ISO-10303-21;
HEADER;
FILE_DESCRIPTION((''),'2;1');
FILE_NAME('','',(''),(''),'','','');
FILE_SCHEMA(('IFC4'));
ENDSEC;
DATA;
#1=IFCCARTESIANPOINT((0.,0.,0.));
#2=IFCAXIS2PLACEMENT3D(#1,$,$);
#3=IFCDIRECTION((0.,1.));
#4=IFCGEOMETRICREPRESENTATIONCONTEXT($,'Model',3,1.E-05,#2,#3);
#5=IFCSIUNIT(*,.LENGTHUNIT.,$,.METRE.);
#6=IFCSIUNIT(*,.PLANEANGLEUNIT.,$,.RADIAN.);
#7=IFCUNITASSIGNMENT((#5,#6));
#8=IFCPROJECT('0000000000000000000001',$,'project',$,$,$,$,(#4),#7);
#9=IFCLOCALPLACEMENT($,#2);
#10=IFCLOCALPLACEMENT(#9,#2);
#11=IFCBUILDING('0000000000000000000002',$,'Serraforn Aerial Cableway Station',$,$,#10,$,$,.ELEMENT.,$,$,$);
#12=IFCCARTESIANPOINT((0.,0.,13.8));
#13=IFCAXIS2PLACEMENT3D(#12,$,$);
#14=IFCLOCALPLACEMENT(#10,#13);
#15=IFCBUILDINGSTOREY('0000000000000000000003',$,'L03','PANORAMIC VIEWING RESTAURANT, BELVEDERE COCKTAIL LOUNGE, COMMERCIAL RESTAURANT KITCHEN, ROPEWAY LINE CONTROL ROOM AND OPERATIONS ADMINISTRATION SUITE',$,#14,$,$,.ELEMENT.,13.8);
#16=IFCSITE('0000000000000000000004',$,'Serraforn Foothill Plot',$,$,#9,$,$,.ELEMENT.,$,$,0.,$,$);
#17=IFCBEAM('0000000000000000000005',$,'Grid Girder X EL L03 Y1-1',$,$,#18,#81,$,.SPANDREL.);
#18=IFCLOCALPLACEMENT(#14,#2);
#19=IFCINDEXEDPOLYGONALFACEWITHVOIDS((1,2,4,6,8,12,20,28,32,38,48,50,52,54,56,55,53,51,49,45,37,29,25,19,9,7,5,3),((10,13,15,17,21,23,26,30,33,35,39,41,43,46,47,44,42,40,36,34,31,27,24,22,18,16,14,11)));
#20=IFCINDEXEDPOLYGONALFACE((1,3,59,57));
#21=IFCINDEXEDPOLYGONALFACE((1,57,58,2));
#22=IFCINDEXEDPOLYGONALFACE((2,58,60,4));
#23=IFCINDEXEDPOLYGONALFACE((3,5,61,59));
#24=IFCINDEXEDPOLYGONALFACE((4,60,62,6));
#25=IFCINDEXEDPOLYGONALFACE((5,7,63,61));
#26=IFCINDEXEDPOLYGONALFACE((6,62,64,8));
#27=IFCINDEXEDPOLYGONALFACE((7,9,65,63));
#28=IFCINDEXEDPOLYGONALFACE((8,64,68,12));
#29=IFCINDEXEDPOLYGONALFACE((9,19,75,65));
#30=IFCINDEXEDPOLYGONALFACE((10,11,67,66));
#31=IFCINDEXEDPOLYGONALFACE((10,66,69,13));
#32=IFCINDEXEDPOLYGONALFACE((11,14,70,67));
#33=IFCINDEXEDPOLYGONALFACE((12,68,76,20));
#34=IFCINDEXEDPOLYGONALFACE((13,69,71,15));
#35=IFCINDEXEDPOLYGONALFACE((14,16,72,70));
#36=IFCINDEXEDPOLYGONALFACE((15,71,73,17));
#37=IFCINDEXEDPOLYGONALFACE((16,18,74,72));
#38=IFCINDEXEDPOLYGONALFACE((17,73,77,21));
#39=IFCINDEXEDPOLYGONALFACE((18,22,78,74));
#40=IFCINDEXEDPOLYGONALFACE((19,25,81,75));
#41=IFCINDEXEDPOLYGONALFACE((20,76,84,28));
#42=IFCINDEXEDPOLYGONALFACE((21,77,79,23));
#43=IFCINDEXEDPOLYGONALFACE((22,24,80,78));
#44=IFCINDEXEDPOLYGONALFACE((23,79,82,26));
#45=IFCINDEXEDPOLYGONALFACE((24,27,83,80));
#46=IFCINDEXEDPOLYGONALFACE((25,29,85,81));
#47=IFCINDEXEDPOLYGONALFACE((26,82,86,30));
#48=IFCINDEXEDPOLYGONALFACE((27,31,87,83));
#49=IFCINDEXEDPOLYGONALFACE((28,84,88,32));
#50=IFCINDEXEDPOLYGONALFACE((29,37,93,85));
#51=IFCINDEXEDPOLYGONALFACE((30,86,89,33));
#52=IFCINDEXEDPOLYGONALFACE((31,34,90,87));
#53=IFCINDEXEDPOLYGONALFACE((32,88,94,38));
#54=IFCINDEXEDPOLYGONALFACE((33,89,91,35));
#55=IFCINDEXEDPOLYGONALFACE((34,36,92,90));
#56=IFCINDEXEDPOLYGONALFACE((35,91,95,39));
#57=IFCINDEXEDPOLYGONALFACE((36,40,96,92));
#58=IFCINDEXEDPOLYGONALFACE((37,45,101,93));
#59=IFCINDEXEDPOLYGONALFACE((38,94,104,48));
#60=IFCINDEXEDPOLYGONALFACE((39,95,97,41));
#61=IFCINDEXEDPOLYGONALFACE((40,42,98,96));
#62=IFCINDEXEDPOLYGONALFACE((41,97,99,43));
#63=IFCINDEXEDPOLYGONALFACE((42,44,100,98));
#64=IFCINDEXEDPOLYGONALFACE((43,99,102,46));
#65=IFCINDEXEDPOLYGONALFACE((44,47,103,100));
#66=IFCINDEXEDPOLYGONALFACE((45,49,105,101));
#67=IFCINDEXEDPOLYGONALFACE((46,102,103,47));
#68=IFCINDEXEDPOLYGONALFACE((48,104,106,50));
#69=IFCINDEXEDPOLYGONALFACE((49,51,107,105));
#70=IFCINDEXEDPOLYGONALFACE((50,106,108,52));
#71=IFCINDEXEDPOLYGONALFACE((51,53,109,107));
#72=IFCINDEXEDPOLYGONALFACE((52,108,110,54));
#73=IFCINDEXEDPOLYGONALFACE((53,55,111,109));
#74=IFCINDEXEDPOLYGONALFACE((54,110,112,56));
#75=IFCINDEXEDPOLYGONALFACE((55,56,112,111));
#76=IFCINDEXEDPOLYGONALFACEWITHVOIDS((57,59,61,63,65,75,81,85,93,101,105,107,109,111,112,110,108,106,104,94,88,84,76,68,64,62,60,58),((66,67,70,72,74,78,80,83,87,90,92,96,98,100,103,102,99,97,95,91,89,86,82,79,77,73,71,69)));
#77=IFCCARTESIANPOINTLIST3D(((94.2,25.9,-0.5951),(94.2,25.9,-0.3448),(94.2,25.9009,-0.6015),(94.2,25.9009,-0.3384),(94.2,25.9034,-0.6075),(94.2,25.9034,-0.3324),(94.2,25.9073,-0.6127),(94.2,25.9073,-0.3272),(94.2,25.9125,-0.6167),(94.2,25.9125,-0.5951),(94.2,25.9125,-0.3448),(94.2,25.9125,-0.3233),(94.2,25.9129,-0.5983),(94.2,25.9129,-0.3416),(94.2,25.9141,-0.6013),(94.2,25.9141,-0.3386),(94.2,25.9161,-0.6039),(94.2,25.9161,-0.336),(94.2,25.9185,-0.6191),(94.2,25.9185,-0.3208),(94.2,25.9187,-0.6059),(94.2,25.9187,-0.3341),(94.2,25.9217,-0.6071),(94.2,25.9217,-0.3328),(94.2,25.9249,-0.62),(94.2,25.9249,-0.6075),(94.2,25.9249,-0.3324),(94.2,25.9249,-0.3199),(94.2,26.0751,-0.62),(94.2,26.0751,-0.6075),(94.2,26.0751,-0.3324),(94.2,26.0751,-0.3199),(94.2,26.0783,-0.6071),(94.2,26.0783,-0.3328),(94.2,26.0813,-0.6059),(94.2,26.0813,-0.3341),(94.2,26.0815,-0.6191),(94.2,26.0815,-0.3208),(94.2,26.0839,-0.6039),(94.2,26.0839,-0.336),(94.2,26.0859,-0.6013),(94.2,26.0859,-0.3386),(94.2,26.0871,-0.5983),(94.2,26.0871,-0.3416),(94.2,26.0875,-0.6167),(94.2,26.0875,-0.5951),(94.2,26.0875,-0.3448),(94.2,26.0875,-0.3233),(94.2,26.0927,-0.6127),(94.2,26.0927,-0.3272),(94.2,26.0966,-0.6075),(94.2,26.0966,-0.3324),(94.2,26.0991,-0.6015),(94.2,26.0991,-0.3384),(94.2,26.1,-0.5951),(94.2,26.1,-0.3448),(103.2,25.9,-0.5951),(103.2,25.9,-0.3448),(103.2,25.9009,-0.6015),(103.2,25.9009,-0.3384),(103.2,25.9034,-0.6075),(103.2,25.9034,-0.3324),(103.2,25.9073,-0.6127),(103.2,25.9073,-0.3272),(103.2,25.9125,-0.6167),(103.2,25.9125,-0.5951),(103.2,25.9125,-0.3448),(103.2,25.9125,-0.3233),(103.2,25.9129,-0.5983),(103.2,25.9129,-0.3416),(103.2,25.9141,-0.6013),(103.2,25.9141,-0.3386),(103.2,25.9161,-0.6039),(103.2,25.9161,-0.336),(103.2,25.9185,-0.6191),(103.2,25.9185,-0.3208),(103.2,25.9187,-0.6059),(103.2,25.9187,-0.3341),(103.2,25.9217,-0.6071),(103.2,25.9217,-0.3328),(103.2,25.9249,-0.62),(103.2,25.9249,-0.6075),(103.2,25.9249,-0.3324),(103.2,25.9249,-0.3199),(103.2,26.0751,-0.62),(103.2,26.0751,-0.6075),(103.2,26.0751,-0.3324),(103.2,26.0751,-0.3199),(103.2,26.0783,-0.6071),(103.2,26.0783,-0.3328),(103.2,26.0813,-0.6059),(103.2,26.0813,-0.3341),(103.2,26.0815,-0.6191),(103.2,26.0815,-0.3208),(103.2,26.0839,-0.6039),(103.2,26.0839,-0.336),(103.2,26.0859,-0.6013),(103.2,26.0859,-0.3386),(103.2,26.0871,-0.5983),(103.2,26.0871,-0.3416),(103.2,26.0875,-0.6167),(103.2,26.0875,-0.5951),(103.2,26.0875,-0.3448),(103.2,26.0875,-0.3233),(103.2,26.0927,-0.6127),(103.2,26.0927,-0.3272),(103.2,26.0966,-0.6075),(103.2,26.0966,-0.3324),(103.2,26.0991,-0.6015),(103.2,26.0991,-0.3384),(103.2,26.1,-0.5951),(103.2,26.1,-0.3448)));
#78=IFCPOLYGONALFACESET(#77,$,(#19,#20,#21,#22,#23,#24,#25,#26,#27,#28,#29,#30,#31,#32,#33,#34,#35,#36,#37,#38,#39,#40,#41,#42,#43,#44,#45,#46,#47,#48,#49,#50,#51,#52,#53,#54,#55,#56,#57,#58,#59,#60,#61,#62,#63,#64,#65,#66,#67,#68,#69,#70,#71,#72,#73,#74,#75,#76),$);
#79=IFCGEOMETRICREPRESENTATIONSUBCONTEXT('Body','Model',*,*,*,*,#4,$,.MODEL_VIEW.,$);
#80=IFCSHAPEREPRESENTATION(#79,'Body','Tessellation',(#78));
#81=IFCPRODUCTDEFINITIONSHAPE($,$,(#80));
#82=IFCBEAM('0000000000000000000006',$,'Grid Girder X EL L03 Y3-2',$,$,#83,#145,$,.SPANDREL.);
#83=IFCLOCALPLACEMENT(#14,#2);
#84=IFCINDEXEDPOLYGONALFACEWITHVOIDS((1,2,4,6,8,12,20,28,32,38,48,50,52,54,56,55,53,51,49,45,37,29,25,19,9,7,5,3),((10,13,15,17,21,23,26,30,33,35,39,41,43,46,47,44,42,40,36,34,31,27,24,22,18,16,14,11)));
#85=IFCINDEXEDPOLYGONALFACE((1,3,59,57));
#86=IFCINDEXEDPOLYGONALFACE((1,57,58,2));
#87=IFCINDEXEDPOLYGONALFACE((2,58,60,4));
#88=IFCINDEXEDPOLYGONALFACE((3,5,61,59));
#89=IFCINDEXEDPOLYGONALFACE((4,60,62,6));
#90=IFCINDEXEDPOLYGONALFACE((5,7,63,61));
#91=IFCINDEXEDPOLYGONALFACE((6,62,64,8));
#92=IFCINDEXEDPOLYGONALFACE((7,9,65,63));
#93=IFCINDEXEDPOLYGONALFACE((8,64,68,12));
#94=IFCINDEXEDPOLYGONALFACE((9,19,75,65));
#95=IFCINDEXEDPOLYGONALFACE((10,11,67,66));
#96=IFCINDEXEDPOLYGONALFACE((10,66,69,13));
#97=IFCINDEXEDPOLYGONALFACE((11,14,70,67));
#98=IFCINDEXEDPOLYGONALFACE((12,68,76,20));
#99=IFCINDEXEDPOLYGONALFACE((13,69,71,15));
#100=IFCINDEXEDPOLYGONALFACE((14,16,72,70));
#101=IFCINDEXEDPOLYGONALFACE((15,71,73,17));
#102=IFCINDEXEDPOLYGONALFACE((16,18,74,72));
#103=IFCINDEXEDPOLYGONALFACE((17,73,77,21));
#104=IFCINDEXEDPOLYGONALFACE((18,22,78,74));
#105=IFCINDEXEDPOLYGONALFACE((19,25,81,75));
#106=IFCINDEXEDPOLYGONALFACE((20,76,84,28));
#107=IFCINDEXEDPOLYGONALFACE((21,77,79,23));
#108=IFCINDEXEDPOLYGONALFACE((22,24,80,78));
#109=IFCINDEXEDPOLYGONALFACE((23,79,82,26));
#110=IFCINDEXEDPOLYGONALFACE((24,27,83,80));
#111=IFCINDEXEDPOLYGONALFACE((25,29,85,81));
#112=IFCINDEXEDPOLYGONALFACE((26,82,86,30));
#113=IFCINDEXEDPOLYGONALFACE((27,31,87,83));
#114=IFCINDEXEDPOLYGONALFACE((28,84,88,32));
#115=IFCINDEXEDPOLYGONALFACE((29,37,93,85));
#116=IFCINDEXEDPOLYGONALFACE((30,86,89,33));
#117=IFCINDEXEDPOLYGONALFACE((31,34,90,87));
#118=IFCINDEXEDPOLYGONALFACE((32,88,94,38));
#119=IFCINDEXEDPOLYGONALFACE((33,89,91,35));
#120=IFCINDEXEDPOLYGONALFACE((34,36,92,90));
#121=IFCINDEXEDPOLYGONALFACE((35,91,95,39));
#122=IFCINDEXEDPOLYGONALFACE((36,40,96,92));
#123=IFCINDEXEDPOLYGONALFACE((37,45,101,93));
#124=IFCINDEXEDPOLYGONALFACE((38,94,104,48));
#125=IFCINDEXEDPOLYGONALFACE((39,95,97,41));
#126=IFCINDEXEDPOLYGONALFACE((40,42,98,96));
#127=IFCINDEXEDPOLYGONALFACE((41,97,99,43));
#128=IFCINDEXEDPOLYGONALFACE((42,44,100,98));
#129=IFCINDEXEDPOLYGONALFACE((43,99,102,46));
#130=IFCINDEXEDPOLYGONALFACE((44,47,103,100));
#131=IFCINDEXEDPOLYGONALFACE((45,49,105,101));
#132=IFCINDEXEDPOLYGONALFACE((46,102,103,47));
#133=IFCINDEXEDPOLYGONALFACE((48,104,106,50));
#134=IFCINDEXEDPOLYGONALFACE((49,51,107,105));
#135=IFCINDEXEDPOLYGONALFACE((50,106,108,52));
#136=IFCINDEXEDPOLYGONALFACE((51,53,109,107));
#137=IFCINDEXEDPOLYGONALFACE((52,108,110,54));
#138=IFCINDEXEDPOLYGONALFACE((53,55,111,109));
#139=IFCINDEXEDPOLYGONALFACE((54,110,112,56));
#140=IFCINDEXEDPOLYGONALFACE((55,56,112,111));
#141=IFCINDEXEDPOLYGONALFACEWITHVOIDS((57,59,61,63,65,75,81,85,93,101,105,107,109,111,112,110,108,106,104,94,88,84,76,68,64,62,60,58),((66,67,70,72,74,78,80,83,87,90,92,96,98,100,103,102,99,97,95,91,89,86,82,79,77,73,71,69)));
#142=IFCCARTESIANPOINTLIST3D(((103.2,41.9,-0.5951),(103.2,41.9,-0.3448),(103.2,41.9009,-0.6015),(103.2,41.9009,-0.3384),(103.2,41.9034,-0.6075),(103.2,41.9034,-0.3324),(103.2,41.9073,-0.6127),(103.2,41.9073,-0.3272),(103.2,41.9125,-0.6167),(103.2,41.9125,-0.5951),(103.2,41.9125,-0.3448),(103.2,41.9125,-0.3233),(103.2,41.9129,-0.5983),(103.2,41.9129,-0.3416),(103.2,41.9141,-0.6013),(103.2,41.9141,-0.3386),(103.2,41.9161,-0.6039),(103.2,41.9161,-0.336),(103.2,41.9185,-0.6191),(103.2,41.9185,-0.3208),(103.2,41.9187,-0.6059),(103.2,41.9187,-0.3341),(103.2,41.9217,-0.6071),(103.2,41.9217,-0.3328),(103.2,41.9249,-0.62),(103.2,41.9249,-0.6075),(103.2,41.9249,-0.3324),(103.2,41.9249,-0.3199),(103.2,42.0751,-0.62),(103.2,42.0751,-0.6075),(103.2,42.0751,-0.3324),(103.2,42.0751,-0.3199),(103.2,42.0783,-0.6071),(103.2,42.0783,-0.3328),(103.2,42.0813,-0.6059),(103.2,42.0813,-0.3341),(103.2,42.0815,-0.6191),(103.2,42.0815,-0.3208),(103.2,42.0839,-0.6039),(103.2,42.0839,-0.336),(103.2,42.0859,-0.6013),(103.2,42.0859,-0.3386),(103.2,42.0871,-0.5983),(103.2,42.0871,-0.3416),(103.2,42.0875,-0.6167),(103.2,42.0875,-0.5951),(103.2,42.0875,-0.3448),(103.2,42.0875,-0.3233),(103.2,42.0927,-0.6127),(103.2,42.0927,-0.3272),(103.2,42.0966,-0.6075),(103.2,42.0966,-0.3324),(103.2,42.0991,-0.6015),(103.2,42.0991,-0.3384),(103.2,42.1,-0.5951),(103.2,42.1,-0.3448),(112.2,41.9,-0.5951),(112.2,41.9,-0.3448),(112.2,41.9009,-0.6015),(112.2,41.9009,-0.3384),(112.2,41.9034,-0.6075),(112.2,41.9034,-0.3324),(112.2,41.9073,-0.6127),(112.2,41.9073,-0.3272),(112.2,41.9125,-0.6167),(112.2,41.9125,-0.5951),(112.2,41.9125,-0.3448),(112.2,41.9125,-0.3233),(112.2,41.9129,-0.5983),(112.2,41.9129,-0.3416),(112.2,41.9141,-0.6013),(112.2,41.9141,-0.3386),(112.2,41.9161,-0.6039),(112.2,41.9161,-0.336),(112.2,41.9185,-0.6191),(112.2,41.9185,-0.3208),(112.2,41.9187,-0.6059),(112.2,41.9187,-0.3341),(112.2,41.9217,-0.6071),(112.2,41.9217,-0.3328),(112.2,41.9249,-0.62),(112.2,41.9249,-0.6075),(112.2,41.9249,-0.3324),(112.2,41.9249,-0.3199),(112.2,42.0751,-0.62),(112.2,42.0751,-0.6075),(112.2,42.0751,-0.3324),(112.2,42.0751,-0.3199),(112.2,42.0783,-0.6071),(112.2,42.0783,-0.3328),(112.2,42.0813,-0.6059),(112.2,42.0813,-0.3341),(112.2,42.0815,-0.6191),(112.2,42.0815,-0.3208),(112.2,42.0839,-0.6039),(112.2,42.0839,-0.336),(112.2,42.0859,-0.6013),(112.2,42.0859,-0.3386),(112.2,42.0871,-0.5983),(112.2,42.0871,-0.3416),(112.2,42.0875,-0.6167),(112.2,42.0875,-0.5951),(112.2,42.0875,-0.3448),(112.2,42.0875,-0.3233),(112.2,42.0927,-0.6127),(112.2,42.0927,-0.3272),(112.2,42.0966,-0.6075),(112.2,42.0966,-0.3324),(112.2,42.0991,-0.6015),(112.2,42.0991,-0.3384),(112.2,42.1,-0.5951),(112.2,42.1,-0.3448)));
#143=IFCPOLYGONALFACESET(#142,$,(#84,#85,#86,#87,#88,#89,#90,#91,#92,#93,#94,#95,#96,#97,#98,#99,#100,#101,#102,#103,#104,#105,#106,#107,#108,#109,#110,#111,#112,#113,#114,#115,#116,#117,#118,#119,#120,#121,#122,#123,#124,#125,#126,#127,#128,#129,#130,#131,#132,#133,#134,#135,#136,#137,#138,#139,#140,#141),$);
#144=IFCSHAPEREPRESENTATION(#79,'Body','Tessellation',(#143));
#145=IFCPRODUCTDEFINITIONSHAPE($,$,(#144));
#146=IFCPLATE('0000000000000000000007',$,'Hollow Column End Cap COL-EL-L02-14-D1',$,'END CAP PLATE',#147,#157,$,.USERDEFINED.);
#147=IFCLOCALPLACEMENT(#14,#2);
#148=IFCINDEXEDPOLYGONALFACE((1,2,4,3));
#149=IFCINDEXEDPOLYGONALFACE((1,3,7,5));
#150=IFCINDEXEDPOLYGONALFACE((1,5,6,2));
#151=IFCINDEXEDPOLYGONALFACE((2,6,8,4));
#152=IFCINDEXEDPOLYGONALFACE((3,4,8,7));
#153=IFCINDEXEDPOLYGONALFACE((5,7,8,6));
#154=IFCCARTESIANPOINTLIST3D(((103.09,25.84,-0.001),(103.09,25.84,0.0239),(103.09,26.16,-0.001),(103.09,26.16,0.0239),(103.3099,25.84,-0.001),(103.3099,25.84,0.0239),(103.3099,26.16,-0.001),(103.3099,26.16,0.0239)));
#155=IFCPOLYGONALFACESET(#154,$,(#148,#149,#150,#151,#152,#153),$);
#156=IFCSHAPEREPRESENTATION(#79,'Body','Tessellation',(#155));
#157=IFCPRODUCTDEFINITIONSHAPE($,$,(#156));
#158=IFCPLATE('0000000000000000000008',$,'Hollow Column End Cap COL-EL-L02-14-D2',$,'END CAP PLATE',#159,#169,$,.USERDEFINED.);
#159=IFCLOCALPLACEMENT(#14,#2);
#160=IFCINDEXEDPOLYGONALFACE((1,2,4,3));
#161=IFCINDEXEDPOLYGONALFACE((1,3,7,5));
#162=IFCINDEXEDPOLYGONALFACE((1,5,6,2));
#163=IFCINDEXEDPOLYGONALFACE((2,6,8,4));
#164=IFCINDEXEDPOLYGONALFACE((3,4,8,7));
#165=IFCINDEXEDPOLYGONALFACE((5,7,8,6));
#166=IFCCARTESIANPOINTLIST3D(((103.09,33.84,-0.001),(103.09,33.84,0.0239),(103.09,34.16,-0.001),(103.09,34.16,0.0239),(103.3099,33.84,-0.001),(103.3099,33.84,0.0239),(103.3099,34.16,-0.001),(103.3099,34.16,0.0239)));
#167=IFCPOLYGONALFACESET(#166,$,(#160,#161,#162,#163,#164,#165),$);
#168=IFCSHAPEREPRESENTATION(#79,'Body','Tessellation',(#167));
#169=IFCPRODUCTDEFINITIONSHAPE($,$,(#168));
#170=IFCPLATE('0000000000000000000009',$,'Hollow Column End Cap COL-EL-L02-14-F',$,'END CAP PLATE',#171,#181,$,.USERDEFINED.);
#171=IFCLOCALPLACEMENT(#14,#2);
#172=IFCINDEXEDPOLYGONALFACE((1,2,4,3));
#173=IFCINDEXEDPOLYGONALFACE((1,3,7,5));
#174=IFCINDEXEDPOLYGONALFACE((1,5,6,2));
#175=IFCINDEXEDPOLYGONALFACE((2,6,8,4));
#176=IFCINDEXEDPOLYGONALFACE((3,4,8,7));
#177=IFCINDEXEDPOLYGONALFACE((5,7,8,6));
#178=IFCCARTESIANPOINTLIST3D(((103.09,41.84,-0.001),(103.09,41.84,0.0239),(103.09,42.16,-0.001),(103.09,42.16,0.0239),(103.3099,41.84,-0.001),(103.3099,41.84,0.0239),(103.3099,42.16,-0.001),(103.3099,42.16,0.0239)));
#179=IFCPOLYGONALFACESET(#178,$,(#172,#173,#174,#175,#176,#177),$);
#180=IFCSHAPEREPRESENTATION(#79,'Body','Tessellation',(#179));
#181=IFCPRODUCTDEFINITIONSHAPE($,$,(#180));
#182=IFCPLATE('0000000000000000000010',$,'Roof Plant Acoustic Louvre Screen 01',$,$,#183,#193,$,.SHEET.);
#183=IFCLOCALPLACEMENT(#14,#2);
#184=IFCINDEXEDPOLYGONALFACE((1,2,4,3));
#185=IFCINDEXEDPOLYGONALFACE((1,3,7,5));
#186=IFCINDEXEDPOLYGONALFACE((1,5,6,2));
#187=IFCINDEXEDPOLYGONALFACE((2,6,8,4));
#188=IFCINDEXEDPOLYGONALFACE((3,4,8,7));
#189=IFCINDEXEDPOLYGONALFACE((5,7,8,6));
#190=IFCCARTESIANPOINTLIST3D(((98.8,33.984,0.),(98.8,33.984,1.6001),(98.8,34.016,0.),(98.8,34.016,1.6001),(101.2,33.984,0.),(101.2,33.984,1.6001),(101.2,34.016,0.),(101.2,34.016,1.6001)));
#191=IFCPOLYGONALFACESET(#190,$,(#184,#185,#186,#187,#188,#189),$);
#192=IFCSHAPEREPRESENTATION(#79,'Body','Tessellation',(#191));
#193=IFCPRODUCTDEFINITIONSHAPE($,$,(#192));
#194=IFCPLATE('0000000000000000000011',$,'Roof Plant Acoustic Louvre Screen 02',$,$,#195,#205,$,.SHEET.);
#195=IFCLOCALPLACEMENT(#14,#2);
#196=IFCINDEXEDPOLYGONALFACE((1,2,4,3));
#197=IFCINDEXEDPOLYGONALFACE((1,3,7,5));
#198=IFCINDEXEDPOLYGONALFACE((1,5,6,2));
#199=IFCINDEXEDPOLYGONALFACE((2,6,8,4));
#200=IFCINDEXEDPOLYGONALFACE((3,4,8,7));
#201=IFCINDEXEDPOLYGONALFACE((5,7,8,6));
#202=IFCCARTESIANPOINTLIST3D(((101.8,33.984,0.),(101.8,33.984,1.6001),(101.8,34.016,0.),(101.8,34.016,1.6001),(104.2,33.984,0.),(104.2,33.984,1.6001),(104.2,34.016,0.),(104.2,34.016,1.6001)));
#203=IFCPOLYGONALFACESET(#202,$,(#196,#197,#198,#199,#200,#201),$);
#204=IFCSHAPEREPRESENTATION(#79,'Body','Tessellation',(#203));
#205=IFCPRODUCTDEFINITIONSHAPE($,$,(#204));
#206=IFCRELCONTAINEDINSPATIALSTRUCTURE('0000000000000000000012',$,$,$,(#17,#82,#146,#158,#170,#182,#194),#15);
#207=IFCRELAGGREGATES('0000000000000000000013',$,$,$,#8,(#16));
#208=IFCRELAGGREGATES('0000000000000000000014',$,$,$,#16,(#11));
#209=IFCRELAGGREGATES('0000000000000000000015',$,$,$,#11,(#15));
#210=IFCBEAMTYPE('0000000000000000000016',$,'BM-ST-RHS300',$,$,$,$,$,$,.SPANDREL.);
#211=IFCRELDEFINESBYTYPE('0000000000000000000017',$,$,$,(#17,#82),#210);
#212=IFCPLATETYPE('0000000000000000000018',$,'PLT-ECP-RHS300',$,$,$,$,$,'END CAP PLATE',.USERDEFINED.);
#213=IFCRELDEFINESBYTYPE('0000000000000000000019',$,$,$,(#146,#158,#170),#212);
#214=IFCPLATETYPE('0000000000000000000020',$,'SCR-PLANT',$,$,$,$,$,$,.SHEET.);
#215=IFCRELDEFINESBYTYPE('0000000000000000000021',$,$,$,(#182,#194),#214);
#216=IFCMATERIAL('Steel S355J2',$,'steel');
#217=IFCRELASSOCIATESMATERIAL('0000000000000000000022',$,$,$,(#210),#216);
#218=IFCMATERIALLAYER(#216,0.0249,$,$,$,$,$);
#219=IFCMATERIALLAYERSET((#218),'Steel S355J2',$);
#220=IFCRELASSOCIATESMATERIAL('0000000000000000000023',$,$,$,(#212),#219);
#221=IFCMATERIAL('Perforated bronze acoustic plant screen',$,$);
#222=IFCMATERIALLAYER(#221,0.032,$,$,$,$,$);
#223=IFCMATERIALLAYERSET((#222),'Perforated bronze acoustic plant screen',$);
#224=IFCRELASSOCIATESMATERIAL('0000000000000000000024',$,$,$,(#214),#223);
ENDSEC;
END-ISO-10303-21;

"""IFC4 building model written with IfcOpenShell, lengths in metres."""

from ifc_helpers import new_model, si_unit, direction, frame, origin, origin_2d, place, context, subcontext, project, spatial, rectangle, hollow_rectangle, extrude, material, layer, layer_set, material_profile, profile_set, type_object, element, save


model = new_model("IFC4")

# Units and contexts
model_context = context("Model", 3, precision=1e-05, world=origin(), true_north=direction((0.0, 1.0)))
body_context = subcontext(model_context, "Body", "Model", "MODEL_VIEW")
ifc_project = project(units=[si_unit("LENGTHUNIT", "METRE"), si_unit("PLANEANGLEUNIT", "RADIAN")], contexts=[model_context])

# Site, building, storey
site_placement = place(None, origin())
site = spatial("IfcSite", under=ifc_project, at=site_placement, Name="Serraforn Foothill Plot", CompositionType="ELEMENT", RefElevation=0.0)
building_placement = place(site_placement, origin())
building = spatial("IfcBuilding", under=site, at=building_placement, Name="Serraforn Aerial Cableway Station", CompositionType="ELEMENT")
storey_placement = place(building_placement, frame((0.0, 0.0, 13.8)))
storey = spatial("IfcBuildingStorey", under=building, at=storey_placement, Name="L03", Description="PANORAMIC VIEWING RESTAURANT, BELVEDERE COCKTAIL LOUNGE, COMMERCIAL RESTAURANT KITCHEN, ROPEWAY LINE CONTROL ROOM AND OPERATIONS ADMINISTRATION SUITE", CompositionType="ELEMENT", Elevation=13.8)

# Beams
ifc_material_1 = material(Name="Steel S355J2", Category="steel")
ifc_material_profile_1 = material_profile(ifc_material_1, hollow_rectangle(XDim=0.2, YDim=0.3, WallThickness=0.0125, InnerFilletRadius=0.0125, OuterFilletRadius=0.0249, at=origin_2d()), Name="RHS 300x200x12.5")
ifc_profile_set_1 = profile_set([ifc_material_profile_1], Name="Steel S355J2")
beam_type_1 = type_object("IfcBeamType", Name="BM-ST-RHS300", PredefinedType="SPANDREL", material=ifc_profile_set_1)
for number, where, z_axis, x_axis, name in (
    (1, (94.2, 26.0, -0.47), (1.0, 0.0, 0.0), (0.0, 1.0, 0.0), "Grid Girder X EL L03 Y1-1"),
    (2, (103.2, 42.0, -0.47), (1.0, 0.0, 0.0), (0.0, 1.0, 0.0), "Grid Girder X EL L03 Y3-2"),
):
    element("IfcBeam", number, at=place(storey_placement, frame(where, z_axis=z_axis, x_axis=x_axis)), inside=storey, type_object=beam_type_1, Name=name, PredefinedType="SPANDREL", context=body_context, shape_type="SweptSolid", body=[
        extrude(hollow_rectangle(XDim=0.2, YDim=0.3, WallThickness=0.0125, InnerFilletRadius=0.0125, OuterFilletRadius=0.0249, at=origin_2d()), origin(), (0.0, 0.0, 1.0), 9.0),
    ])

# Plates
ifc_layer_1 = layer(ifc_material_1, 0.0249)
ifc_layer_set_1 = layer_set([ifc_layer_1], Name="Steel S355J2")
plate_type_1 = type_object("IfcPlateType", Name="PLT-ECP-RHS300", ElementType="END CAP PLATE", PredefinedType="USERDEFINED", material=ifc_layer_set_1)
for number, where, z_axis, x_axis, name in (
    (3, (103.2, 26.0, -0.001), (0.0, 0.0, 1.0), (1.0, 0.0, 0.0), "Hollow Column End Cap COL-EL-L02-14-D1"),
    (4, (103.2, 34.0, -0.001), (0.0, 0.0, 1.0), (1.0, 0.0, 0.0), "Hollow Column End Cap COL-EL-L02-14-D2"),
    (5, (103.2, 42.0, -0.001), (0.0, 0.0, 1.0), (1.0, 0.0, 0.0), "Hollow Column End Cap COL-EL-L02-14-F"),
):
    element("IfcPlate", number, at=place(storey_placement, frame(where, z_axis=z_axis, x_axis=x_axis)), inside=storey, type_object=plate_type_1, Name=name, ObjectType="END CAP PLATE", PredefinedType="USERDEFINED", context=body_context, shape_type="SweptSolid", body=[
        extrude(rectangle(XDim=0.22, YDim=0.3201, at=origin_2d()), origin(), (0.0, 0.0, 1.0), 0.0249),
    ])
ifc_material_2 = material(Name="Perforated bronze acoustic plant screen")
ifc_layer_2 = layer(ifc_material_2, 0.032)
ifc_layer_set_2 = layer_set([ifc_layer_2], Name="Perforated bronze acoustic plant screen")
plate_type_2 = type_object("IfcPlateType", Name="SCR-PLANT", PredefinedType="SHEET", material=ifc_layer_set_2)
for number, where, z_axis, x_axis, name in (
    (6, (100.0, 34.0, 0.0), (0.0, 0.0, 1.0), (1.0, 0.0, 0.0), "Roof Plant Acoustic Louvre Screen 01"),
    (7, (103.0, 34.0, 0.0), (0.0, 0.0, 1.0), (1.0, 0.0, 0.0), "Roof Plant Acoustic Louvre Screen 02"),
):
    element("IfcPlate", number, at=place(storey_placement, frame(where, z_axis=z_axis, x_axis=x_axis)), inside=storey, type_object=plate_type_2, Name=name, PredefinedType="SHEET", context=body_context, shape_type="SweptSolid", body=[
        extrude(rectangle(XDim=2.3999, YDim=0.032, at=origin_2d()), origin(), (0.0, 0.0, 1.0), 1.6001),
    ])

save(model, "model.ifc")
